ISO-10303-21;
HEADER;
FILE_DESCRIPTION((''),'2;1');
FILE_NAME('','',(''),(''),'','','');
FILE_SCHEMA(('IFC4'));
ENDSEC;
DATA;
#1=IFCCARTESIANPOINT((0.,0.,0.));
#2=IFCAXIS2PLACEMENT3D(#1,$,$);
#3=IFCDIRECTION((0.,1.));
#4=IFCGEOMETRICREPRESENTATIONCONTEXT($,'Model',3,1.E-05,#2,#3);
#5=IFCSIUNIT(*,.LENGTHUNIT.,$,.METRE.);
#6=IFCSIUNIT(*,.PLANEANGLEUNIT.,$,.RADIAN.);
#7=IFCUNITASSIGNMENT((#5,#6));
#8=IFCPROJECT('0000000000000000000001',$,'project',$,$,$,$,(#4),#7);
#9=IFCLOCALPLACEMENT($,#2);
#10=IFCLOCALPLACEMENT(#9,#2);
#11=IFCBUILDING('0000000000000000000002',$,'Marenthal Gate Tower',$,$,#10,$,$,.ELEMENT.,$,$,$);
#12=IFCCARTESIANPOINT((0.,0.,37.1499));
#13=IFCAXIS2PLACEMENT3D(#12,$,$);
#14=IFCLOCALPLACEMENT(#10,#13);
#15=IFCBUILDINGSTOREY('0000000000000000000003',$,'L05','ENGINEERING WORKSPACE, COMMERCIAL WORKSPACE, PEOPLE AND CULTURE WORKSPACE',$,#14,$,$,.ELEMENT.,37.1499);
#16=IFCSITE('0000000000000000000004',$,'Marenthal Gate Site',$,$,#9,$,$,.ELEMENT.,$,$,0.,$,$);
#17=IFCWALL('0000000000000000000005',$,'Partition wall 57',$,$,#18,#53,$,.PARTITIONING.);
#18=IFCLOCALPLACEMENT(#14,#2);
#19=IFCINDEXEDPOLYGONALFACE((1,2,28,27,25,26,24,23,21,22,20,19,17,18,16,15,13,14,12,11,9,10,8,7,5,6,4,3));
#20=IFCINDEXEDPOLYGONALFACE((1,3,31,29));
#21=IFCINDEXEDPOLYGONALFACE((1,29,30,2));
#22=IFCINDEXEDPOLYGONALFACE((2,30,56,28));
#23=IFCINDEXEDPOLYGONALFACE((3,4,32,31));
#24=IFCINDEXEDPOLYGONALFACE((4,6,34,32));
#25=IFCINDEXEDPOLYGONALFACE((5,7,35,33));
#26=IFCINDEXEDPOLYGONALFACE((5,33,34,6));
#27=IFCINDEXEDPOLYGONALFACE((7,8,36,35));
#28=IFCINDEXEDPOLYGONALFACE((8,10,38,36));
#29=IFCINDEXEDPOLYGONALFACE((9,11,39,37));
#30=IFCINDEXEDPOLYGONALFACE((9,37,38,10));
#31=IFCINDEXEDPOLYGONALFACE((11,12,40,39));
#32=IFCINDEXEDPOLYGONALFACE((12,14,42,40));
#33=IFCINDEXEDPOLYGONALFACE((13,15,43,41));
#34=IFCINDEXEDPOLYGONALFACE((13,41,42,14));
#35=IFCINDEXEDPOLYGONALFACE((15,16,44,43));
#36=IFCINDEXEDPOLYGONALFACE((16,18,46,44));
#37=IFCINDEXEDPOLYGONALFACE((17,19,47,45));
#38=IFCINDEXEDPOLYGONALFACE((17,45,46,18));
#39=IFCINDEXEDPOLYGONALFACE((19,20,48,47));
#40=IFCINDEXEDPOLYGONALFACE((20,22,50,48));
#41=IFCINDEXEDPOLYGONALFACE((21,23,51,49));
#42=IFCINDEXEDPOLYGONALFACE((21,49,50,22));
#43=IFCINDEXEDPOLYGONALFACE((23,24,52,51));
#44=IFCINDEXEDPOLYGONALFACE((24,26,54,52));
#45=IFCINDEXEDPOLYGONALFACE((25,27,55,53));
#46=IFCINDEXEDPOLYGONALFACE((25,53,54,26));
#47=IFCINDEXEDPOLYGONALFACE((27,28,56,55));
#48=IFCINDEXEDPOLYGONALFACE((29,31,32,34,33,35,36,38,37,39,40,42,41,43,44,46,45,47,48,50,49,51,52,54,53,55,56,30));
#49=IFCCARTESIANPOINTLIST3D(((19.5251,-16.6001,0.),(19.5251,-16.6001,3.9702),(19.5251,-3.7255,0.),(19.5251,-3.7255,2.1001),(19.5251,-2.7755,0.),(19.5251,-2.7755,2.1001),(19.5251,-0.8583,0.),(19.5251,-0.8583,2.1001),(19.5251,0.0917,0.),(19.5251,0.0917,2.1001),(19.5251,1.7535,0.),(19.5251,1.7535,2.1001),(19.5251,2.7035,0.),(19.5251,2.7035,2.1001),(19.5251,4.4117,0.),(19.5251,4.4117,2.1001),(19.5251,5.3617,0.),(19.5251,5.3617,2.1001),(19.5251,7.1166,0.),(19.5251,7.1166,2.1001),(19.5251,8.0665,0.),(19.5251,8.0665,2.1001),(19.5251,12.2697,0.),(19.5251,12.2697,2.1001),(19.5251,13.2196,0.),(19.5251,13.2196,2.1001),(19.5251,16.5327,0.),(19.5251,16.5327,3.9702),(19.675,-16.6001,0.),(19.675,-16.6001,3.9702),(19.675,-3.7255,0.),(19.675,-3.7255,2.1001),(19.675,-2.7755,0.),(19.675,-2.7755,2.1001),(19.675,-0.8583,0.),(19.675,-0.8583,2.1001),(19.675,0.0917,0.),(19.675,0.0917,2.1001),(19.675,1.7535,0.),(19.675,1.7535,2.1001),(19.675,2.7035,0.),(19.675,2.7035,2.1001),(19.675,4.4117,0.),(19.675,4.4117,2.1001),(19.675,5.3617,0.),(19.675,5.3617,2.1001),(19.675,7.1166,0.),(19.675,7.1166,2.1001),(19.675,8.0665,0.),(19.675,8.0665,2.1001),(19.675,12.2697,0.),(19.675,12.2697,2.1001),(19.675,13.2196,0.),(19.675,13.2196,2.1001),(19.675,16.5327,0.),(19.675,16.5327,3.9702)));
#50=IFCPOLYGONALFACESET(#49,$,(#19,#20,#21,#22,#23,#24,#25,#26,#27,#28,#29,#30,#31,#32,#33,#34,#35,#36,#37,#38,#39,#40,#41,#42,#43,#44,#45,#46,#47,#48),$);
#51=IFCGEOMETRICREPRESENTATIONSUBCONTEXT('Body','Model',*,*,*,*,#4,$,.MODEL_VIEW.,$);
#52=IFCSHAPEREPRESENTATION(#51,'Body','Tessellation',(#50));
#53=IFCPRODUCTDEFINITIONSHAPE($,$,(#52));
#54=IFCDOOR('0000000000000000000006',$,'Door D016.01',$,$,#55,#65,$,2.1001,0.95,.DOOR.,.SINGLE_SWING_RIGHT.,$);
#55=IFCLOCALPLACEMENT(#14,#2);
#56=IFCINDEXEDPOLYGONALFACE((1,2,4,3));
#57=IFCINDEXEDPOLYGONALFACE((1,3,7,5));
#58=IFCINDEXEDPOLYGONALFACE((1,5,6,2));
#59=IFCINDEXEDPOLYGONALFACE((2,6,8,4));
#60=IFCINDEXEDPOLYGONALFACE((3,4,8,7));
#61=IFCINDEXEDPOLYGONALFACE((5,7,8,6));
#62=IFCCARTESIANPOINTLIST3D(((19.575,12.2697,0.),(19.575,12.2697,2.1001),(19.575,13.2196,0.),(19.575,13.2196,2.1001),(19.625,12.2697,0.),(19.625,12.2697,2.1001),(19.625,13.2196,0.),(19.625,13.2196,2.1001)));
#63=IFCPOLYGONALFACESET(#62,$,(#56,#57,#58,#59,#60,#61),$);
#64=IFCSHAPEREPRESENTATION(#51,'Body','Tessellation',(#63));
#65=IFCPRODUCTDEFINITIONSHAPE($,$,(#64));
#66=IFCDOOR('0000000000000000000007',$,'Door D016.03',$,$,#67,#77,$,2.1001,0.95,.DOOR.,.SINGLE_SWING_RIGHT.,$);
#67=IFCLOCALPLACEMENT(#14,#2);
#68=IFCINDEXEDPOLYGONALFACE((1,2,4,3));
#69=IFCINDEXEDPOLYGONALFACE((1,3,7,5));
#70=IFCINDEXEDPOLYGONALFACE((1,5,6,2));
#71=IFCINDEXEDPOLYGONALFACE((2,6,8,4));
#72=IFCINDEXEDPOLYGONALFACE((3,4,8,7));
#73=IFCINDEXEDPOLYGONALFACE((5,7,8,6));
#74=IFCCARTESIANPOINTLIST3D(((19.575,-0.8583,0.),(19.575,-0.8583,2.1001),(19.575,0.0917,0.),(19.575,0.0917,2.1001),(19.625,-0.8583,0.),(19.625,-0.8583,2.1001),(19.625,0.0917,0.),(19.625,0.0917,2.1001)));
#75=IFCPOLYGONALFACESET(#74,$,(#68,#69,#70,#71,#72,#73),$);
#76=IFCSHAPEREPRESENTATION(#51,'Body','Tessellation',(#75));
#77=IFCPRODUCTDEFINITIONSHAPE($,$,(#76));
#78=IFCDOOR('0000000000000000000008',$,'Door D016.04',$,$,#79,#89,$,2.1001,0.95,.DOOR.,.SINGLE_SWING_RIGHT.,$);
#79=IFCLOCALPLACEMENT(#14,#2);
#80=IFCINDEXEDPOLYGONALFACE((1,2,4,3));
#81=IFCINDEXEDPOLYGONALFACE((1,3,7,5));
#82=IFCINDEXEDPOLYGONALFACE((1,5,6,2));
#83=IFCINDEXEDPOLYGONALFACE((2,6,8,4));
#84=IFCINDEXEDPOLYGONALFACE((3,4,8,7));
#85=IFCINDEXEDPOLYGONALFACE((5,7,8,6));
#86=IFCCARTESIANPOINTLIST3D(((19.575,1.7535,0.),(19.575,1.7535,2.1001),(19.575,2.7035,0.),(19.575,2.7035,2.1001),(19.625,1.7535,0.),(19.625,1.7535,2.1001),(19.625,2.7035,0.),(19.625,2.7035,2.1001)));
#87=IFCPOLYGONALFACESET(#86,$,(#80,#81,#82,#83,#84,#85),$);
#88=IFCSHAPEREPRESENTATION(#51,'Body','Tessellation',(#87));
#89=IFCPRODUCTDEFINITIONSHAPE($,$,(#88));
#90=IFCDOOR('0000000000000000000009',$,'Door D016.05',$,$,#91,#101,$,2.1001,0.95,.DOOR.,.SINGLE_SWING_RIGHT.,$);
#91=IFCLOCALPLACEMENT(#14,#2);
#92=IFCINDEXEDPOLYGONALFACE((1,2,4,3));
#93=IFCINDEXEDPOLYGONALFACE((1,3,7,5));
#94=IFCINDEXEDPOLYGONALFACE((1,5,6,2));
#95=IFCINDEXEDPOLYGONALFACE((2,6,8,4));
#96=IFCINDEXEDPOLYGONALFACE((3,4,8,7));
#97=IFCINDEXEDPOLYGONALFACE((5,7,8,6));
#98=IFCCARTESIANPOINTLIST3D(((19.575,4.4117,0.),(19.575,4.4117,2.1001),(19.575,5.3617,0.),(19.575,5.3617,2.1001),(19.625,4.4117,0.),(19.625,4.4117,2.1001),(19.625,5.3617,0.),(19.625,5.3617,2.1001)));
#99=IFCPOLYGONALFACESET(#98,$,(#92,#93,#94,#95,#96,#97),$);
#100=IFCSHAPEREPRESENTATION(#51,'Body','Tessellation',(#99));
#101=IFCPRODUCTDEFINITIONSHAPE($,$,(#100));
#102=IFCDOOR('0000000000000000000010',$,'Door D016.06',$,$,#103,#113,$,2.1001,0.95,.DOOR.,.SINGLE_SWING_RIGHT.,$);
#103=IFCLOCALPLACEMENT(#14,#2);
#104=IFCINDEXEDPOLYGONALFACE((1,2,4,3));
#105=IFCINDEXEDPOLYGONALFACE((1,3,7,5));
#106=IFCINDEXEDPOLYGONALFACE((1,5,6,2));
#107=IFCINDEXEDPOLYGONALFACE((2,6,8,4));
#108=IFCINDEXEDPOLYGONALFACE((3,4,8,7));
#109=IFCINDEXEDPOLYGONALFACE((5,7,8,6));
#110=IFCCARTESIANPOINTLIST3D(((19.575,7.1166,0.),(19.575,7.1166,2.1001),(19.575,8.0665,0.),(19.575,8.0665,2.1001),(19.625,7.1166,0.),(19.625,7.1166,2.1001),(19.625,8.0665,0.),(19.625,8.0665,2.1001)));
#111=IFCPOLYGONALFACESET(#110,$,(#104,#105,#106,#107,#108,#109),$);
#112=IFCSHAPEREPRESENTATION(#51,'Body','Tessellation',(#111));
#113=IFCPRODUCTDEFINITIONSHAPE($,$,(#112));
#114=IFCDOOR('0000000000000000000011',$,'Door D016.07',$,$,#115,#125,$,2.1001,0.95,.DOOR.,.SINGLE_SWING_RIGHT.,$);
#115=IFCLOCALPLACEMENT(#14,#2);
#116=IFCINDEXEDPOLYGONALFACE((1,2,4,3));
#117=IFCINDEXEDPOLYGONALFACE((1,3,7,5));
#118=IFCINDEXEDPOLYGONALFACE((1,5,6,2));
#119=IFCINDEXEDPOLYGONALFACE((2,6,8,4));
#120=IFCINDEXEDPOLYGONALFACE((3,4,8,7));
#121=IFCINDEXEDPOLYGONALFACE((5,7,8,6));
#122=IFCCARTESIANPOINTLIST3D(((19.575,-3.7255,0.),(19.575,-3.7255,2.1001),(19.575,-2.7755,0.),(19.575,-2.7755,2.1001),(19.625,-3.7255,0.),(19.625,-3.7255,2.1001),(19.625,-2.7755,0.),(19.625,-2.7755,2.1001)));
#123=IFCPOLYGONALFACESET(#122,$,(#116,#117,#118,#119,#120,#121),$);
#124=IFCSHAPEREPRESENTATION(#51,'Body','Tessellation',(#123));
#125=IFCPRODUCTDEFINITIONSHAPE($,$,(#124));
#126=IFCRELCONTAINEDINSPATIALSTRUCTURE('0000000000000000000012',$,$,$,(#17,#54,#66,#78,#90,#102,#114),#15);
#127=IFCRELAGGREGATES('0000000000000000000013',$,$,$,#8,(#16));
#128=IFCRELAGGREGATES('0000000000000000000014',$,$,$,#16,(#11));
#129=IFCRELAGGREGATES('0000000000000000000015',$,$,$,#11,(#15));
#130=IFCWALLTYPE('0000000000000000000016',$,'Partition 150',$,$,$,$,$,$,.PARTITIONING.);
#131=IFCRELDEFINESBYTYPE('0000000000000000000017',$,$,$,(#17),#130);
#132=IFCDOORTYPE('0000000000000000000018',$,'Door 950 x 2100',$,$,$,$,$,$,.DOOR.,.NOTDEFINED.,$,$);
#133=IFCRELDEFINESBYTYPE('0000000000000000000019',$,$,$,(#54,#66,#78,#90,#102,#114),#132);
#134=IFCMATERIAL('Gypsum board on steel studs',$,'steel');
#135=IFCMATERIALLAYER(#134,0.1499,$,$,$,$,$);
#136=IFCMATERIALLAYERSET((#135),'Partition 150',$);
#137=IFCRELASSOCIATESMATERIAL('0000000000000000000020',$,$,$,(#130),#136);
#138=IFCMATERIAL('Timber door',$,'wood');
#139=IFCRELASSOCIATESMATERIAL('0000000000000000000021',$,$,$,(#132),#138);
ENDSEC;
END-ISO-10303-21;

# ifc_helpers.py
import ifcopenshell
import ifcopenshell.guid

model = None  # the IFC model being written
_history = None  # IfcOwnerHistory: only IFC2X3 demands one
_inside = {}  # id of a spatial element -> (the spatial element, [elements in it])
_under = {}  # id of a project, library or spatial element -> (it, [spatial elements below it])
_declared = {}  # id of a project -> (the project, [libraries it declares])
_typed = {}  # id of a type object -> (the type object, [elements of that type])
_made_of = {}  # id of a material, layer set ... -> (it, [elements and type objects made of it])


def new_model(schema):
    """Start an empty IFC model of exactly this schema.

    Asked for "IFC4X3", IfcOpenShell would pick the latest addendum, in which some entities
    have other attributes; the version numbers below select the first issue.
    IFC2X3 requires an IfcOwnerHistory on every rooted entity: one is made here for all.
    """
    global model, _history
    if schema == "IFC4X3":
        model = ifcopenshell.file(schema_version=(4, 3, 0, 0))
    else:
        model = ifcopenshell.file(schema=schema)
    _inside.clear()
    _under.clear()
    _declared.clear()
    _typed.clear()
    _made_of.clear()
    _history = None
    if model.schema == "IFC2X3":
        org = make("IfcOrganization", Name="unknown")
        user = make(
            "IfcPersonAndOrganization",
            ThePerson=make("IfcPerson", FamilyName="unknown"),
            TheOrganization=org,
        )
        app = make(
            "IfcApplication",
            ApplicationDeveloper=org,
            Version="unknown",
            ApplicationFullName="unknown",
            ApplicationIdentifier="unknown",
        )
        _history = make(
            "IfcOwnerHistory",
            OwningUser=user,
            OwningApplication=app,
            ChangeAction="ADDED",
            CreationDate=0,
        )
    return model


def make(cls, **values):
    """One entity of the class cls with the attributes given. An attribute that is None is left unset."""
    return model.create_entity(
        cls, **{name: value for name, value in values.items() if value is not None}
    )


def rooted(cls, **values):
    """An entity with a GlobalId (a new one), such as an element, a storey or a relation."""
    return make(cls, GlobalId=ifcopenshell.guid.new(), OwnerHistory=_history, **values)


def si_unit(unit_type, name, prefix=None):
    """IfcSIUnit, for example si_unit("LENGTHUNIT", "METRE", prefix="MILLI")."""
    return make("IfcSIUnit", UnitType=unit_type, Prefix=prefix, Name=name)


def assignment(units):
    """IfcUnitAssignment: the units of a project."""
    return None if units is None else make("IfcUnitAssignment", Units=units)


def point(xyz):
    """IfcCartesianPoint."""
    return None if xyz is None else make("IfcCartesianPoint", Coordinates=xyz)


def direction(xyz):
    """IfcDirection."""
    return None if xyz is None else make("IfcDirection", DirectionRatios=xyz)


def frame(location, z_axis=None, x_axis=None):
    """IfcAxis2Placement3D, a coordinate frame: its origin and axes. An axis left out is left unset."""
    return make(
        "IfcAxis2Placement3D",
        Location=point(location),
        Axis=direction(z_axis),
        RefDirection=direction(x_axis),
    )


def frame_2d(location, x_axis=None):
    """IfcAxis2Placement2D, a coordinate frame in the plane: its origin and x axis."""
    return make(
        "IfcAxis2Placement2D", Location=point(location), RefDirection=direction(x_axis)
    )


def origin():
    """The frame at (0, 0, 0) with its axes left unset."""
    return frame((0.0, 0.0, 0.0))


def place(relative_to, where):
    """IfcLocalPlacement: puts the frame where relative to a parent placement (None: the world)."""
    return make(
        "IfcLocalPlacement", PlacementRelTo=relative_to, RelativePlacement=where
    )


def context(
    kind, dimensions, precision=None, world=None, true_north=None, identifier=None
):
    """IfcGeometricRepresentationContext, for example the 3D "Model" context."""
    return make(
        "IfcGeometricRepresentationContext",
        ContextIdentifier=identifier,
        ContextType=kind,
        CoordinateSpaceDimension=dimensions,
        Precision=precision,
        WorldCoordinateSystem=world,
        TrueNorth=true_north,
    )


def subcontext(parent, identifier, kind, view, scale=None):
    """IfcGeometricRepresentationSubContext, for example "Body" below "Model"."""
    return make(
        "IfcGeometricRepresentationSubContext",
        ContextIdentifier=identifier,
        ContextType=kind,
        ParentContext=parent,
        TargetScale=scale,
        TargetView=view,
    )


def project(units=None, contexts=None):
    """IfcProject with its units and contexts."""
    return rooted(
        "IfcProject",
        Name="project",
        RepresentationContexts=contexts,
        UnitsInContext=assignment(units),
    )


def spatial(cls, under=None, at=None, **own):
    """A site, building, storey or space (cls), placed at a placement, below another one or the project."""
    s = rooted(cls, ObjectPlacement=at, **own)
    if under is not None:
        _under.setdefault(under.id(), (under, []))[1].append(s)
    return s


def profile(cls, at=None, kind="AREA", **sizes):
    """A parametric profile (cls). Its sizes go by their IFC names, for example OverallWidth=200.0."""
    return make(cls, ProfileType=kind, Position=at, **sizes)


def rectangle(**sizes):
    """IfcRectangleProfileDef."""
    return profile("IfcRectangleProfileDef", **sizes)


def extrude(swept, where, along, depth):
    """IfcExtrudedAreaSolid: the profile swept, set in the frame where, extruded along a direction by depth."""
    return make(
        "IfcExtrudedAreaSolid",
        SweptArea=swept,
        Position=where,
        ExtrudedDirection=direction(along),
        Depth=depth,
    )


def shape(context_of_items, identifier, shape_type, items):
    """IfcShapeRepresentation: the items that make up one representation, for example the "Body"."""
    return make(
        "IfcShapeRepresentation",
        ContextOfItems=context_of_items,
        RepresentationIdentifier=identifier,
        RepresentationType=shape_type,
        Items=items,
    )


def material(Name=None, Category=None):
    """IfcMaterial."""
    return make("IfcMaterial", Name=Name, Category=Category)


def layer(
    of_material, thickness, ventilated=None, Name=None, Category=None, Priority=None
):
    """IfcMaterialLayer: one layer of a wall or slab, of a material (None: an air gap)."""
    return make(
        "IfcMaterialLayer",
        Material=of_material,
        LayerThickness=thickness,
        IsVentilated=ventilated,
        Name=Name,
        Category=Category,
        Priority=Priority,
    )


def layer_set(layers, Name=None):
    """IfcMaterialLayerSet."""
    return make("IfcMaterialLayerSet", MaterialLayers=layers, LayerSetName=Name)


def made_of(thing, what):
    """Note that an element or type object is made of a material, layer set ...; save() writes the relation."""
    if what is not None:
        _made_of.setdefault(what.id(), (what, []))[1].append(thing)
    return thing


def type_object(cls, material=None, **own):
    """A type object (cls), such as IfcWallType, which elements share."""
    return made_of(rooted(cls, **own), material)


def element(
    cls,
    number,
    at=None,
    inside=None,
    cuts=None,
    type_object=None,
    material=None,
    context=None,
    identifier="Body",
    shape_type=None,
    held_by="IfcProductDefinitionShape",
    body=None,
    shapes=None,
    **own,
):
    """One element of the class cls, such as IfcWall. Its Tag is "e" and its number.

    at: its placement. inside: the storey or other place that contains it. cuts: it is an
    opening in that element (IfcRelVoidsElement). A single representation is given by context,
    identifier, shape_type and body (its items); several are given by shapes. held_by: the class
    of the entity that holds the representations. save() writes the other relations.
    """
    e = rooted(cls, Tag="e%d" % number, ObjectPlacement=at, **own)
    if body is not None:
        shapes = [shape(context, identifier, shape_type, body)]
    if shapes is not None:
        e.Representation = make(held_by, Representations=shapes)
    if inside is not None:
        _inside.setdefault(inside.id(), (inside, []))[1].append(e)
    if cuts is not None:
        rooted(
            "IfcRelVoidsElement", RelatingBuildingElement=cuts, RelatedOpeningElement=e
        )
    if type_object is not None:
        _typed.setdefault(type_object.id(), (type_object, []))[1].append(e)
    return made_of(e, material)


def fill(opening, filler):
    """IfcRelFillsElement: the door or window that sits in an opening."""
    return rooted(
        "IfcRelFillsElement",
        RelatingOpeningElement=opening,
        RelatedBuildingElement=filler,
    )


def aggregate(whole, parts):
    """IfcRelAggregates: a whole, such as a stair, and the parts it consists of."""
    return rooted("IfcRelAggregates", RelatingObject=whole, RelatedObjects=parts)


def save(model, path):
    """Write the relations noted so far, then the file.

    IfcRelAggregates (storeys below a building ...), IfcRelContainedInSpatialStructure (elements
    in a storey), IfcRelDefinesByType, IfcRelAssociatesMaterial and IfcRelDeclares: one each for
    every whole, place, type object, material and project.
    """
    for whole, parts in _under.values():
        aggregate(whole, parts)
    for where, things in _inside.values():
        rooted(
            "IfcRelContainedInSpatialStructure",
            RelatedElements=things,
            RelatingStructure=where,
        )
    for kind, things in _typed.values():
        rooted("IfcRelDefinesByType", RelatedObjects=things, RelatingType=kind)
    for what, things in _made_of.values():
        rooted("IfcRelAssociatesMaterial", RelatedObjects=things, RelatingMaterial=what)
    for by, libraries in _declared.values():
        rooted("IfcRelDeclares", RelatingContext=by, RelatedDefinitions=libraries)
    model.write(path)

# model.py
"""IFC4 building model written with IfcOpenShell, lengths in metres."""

from ifc_helpers import new_model, si_unit, direction, frame, frame_2d, origin, place, context, subcontext, project, spatial, rectangle, extrude, material, layer, layer_set, type_object, element, fill, save


model = new_model("IFC4")

# Units and contexts
model_context = context("Model", 3, precision=1e-05, world=origin(), true_north=direction((0.0, 1.0)))
body_context = subcontext(model_context, "Body", "Model", "MODEL_VIEW")
ifc_project = project(units=[si_unit("LENGTHUNIT", "METRE"), si_unit("PLANEANGLEUNIT", "RADIAN")], contexts=[model_context])

# Site, building, storey
site_placement = place(None, origin())
site = spatial("IfcSite", under=ifc_project, at=site_placement, Name="Marenthal Gate Site", CompositionType="ELEMENT", RefElevation=0.0)
building_placement = place(site_placement, origin())
building = spatial("IfcBuilding", under=site, at=building_placement, Name="Marenthal Gate Tower", CompositionType="ELEMENT")
storey_placement = place(building_placement, frame((0.0, 0.0, 37.1499)))
storey = spatial("IfcBuildingStorey", under=building, at=storey_placement, Name="L05", Description="ENGINEERING WORKSPACE, COMMERCIAL WORKSPACE, PEOPLE AND CULTURE WORKSPACE", CompositionType="ELEMENT", Elevation=37.1499)

# Wall, openings, doors
ifc_material_1 = material(Name="Gypsum board on steel studs", Category="steel")
ifc_layer_1 = layer(ifc_material_1, 0.1499)
ifc_layer_set_1 = layer_set([ifc_layer_1], Name="Partition 150")
wall_type_1 = type_object("IfcWallType", Name="Partition 150", PredefinedType="PARTITIONING", material=ifc_layer_set_1)
wall_1_placement = place(storey_placement, frame((19.6001, 16.5327, 0.0), z_axis=(0.0, 0.0, 1.0), x_axis=(0.0, -1.0, 0.0)))
wall_1 = element("IfcWall", 1, at=wall_1_placement, inside=storey, type_object=wall_type_1, Name="Partition wall 57", PredefinedType="PARTITIONING", context=body_context, shape_type="SweptSolid", body=[
    extrude(rectangle(XDim=33.1328, YDim=0.1499, at=frame_2d((16.5664, 0.0))), origin(), (0.0, 0.0, 1.0), 3.9702),
])
opening_1_placement = place(wall_1_placement, frame((3.313, 0.0, 0.0)))
opening_1 = element("IfcOpeningElement", 2, at=opening_1_placement, cuts=wall_1, PredefinedType="OPENING", context=body_context, shape_type="SweptSolid", body=[
    extrude(rectangle(XDim=0.95, YDim=2.1001, at=frame_2d((0.4751, 1.05))), frame((0.0, 0.085, 0.0), z_axis=(0.0, -1.0, 0.0), x_axis=(1.0, 0.0, 0.0)), (0.0, 0.0, 1.0), 0.1699),
])
opening_2_placement = place(wall_1_placement, frame((16.4409, 0.0, 0.0)))
opening_2 = element("IfcOpeningElement", 3, at=opening_2_placement, cuts=wall_1, PredefinedType="OPENING", context=body_context, shape_type="SweptSolid", body=[
    extrude(rectangle(XDim=0.95, YDim=2.1001, at=frame_2d((0.4751, 1.05))), frame((0.0, 0.085, 0.0), z_axis=(0.0, -1.0, 0.0), x_axis=(1.0, 0.0, 0.0)), (0.0, 0.0, 1.0), 0.1699),
])
opening_3_placement = place(wall_1_placement, frame((13.8291, 0.0, 0.0)))
opening_3 = element("IfcOpeningElement", 4, at=opening_3_placement, cuts=wall_1, PredefinedType="OPENING", context=body_context, shape_type="SweptSolid", body=[
    extrude(rectangle(XDim=0.95, YDim=2.1001, at=frame_2d((0.4751, 1.05))), frame((0.0, 0.085, 0.0), z_axis=(0.0, -1.0, 0.0), x_axis=(1.0, 0.0, 0.0)), (0.0, 0.0, 1.0), 0.1699),
])
opening_4_placement = place(wall_1_placement, frame((11.1709, 0.0, 0.0)))
opening_4 = element("IfcOpeningElement", 5, at=opening_4_placement, cuts=wall_1, PredefinedType="OPENING", context=body_context, shape_type="SweptSolid", body=[
    extrude(rectangle(XDim=0.95, YDim=2.1001, at=frame_2d((0.4751, 1.05))), frame((0.0, 0.085, 0.0), z_axis=(0.0, -1.0, 0.0), x_axis=(1.0, 0.0, 0.0)), (0.0, 0.0, 1.0), 0.1699),
])
opening_5_placement = place(wall_1_placement, frame((8.4661, 0.0, 0.0)))
opening_5 = element("IfcOpeningElement", 6, at=opening_5_placement, cuts=wall_1, PredefinedType="OPENING", context=body_context, shape_type="SweptSolid", body=[
    extrude(rectangle(XDim=0.95, YDim=2.1001, at=frame_2d((0.4751, 1.05))), frame((0.0, 0.085, 0.0), z_axis=(0.0, -1.0, 0.0), x_axis=(1.0, 0.0, 0.0)), (0.0, 0.0, 1.0), 0.1699),
])
opening_6_placement = place(wall_1_placement, frame((19.3081, 0.0, 0.0)))
opening_6 = element("IfcOpeningElement", 7, at=opening_6_placement, cuts=wall_1, PredefinedType="OPENING", context=body_context, shape_type="SweptSolid", body=[
    extrude(rectangle(XDim=0.95, YDim=2.1001, at=frame_2d((0.4751, 1.05))), frame((0.0, 0.085, 0.0), z_axis=(0.0, -1.0, 0.0), x_axis=(1.0, 0.0, 0.0)), (0.0, 0.0, 1.0), 0.1699),
])
ifc_material_2 = material(Name="Timber door", Category="wood")
door_type_1 = type_object("IfcDoorType", Name="Door 950 x 2100", OperationType="NOTDEFINED", PredefinedType="DOOR", material=ifc_material_2)
door_1_placement = place(opening_1_placement, origin())
door_1 = element("IfcDoor", 8, at=door_1_placement, inside=storey, type_object=door_type_1, Name="Door D016.01", OperationType="SINGLE_SWING_RIGHT", OverallHeight=2.1001, OverallWidth=0.95, PredefinedType="DOOR", context=body_context, shape_type="SweptSolid", body=[
    extrude(rectangle(XDim=0.95, YDim=2.1001, at=frame_2d((0.4751, 1.05))), frame((0.0, 0.0249, 0.0), z_axis=(0.0, -1.0, 0.0), x_axis=(1.0, 0.0, 0.0)), (0.0, 0.0, 1.0), 0.05),
])
fill(opening_1, door_1)
door_2_placement = place(opening_2_placement, origin())
door_2 = element("IfcDoor", 9, at=door_2_placement, inside=storey, type_object=door_type_1, Name="Door D016.03", OperationType="SINGLE_SWING_RIGHT", OverallHeight=2.1001, OverallWidth=0.95, PredefinedType="DOOR", context=body_context, shape_type="SweptSolid", body=[
    extrude(rectangle(XDim=0.95, YDim=2.1001, at=frame_2d((0.4751, 1.05))), frame((0.0, 0.0249, 0.0), z_axis=(0.0, -1.0, 0.0), x_axis=(1.0, 0.0, 0.0)), (0.0, 0.0, 1.0), 0.05),
])
fill(opening_2, door_2)
door_3_placement = place(opening_3_placement, origin())
door_3 = element("IfcDoor", 10, at=door_3_placement, inside=storey, type_object=door_type_1, Name="Door D016.04", OperationType="SINGLE_SWING_RIGHT", OverallHeight=2.1001, OverallWidth=0.95, PredefinedType="DOOR", context=body_context, shape_type="SweptSolid", body=[
    extrude(rectangle(XDim=0.95, YDim=2.1001, at=frame_2d((0.4751, 1.05))), frame((0.0, 0.0249, 0.0), z_axis=(0.0, -1.0, 0.0), x_axis=(1.0, 0.0, 0.0)), (0.0, 0.0, 1.0), 0.05),
])
fill(opening_3, door_3)
door_4_placement = place(opening_4_placement, origin())
door_4 = element("IfcDoor", 11, at=door_4_placement, inside=storey, type_object=door_type_1, Name="Door D016.05", OperationType="SINGLE_SWING_RIGHT", OverallHeight=2.1001, OverallWidth=0.95, PredefinedType="DOOR", context=body_context, shape_type="SweptSolid", body=[
    extrude(rectangle(XDim=0.95, YDim=2.1001, at=frame_2d((0.4751, 1.05))), frame((0.0, 0.0249, 0.0), z_axis=(0.0, -1.0, 0.0), x_axis=(1.0, 0.0, 0.0)), (0.0, 0.0, 1.0), 0.05),
])
fill(opening_4, door_4)
door_5_placement = place(opening_5_placement, origin())
door_5 = element("IfcDoor", 12, at=door_5_placement, inside=storey, type_object=door_type_1, Name="Door D016.06", OperationType="SINGLE_SWING_RIGHT", OverallHeight=2.1001, OverallWidth=0.95, PredefinedType="DOOR", context=body_context, shape_type="SweptSolid", body=[
    extrude(rectangle(XDim=0.95, YDim=2.1001, at=frame_2d((0.4751, 1.05))), frame((0.0, 0.0249, 0.0), z_axis=(0.0, -1.0, 0.0), x_axis=(1.0, 0.0, 0.0)), (0.0, 0.0, 1.0), 0.05),
])
fill(opening_5, door_5)
door_6_placement = place(opening_6_placement, origin())
door_6 = element("IfcDoor", 13, at=door_6_placement, inside=storey, type_object=door_type_1, Name="Door D016.07", OperationType="SINGLE_SWING_RIGHT", OverallHeight=2.1001, OverallWidth=0.95, PredefinedType="DOOR", context=body_context, shape_type="SweptSolid", body=[
    extrude(rectangle(XDim=0.95, YDim=2.1001, at=frame_2d((0.4751, 1.05))), frame((0.0, 0.0249, 0.0), z_axis=(0.0, -1.0, 0.0), x_axis=(1.0, 0.0, 0.0)), (0.0, 0.0, 1.0), 0.05),
])
fill(opening_6, door_6)

save(model, "model.ifc")
